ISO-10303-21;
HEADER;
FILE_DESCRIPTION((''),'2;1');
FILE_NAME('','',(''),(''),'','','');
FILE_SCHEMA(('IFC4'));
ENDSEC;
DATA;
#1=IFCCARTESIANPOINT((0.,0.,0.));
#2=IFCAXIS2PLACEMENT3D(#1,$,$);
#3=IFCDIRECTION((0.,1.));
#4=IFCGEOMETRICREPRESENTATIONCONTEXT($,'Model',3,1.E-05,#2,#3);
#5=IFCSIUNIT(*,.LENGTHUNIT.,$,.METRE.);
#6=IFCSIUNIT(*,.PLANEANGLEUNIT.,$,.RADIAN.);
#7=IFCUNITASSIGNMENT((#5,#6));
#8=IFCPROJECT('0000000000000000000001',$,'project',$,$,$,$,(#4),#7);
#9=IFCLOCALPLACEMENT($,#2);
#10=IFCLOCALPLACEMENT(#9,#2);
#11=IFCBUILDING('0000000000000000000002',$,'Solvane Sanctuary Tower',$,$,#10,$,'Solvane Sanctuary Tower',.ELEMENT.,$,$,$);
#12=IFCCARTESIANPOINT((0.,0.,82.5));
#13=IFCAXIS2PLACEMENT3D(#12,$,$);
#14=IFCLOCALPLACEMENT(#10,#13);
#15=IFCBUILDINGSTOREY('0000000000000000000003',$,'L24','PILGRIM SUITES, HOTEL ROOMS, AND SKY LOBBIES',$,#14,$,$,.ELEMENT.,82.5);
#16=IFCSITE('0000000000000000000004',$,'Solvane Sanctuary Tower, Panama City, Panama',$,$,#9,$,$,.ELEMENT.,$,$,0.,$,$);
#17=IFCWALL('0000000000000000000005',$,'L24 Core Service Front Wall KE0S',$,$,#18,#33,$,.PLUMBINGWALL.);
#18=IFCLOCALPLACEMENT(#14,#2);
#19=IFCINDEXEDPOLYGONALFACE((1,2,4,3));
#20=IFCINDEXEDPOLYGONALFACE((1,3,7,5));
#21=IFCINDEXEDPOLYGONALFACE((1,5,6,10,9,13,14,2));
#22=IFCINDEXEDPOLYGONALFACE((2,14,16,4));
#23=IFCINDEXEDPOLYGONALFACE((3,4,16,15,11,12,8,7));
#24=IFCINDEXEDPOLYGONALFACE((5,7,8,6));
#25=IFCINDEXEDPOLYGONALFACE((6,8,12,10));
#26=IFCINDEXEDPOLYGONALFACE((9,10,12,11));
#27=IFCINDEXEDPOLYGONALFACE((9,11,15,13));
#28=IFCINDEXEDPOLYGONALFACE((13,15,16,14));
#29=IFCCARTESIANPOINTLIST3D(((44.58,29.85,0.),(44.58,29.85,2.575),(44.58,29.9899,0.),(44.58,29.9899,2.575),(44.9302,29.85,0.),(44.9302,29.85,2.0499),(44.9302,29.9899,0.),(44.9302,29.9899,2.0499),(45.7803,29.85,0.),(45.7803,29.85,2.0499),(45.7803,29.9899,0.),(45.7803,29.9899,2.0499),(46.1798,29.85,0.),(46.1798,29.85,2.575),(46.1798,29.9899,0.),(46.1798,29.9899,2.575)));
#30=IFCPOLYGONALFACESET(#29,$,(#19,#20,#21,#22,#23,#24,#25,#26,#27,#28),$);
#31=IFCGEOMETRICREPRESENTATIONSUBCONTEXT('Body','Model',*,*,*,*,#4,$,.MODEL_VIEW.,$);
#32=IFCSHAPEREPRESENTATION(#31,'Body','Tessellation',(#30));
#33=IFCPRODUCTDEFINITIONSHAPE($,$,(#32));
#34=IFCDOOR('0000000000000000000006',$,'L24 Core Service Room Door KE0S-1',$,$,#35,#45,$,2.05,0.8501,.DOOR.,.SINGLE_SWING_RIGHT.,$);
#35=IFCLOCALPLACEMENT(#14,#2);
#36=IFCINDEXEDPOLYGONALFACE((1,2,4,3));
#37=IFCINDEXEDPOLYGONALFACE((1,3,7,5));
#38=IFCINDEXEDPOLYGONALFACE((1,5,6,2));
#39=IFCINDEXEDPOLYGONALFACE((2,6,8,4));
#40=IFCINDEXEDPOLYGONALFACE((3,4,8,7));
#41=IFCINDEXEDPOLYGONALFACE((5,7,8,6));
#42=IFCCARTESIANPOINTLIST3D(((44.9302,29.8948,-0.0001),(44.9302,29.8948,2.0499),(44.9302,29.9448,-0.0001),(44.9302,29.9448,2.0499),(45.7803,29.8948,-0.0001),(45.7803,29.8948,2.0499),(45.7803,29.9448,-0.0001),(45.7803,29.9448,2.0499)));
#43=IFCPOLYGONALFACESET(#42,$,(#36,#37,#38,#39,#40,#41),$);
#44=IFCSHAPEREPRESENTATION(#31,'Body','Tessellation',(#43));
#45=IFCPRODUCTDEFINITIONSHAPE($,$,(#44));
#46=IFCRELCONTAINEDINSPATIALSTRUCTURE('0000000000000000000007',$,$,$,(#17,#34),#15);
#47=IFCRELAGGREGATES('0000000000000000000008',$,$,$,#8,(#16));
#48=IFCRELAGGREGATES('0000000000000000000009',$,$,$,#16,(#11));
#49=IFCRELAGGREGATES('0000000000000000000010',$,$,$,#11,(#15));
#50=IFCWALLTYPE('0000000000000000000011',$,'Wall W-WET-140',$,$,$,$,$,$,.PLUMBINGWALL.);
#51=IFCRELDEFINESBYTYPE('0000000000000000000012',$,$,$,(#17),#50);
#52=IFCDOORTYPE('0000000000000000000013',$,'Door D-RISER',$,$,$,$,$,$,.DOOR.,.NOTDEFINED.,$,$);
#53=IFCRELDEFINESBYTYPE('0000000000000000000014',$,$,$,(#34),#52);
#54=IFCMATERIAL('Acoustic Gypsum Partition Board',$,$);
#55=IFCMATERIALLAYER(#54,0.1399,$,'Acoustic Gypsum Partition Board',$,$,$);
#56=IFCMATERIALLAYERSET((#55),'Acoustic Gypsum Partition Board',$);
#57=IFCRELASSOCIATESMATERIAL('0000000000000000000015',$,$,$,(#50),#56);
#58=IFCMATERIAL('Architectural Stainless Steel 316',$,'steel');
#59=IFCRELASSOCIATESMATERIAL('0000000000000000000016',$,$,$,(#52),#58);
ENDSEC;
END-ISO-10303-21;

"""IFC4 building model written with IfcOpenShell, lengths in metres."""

from ifc_helpers import new_model, si_unit, direction, frame, frame_2d, origin, place, context, subcontext, project, spatial, rectangle, extrude, material, layer, layer_set, type_object, element, fill, save


model = new_model("IFC4")

# Units and contexts
model_context = context("Model", 3, precision=1e-05, world=origin(), true_north=direction((0.0, 1.0)))
body_context = subcontext(model_context, "Body", "Model", "MODEL_VIEW")
ifc_project = project(units=[si_unit("LENGTHUNIT", "METRE"), si_unit("PLANEANGLEUNIT", "RADIAN")], contexts=[model_context])

# Site, building, storey
site_placement = place(None, origin())
site = spatial("IfcSite", under=ifc_project, at=site_placement, Name="Solvane Sanctuary Tower, Panama City, Panama", CompositionType="ELEMENT", RefElevation=0.0)
building_placement = place(site_placement, origin())
building = spatial("IfcBuilding", under=site, at=building_placement, Name="Solvane Sanctuary Tower", LongName="Solvane Sanctuary Tower", CompositionType="ELEMENT")
storey_placement = place(building_placement, frame((0.0, 0.0, 82.5)))
storey = spatial("IfcBuildingStorey", under=building, at=storey_placement, Name="L24", Description="PILGRIM SUITES, HOTEL ROOMS, AND SKY LOBBIES", CompositionType="ELEMENT", Elevation=82.5)

# Shared definitions
ifc_material_1 = material(Name="Acoustic Gypsum Partition Board")

# Wall, opening, door
ifc_layer_1 = layer(ifc_material_1, 0.1399, Name="Acoustic Gypsum Partition Board")
ifc_layer_set_1 = layer_set([ifc_layer_1], Name="Acoustic Gypsum Partition Board")
wall_type_1 = type_object("IfcWallType", Name="Wall W-WET-140", PredefinedType="PLUMBINGWALL", material=ifc_layer_set_1)
wall_1_placement = place(storey_placement, frame((44.5801, 29.9199, 0.0), z_axis=(0.0, 0.0, 1.0), x_axis=(1.0, 0.0, 0.0)))
wall_1 = element("IfcWall", 1, at=wall_1_placement, inside=storey, type_object=wall_type_1, Name="L24 Core Service Front Wall KE0S", PredefinedType="PLUMBINGWALL", context=body_context, shape_type="SweptSolid", body=[
    extrude(rectangle(XDim=1.5999, YDim=0.1399, at=frame_2d((0.7998, 0.0))), origin(), (0.0, 0.0, 1.0), 2.575),
])
opening_1_placement = place(wall_1_placement, frame((0.3501, 0.0, 0.0)))
opening_1 = element("IfcOpeningElement", 2, at=opening_1_placement, cuts=wall_1, PredefinedType="OPENING", context=body_context, shape_type="SweptSolid", body=[
    extrude(rectangle(XDim=0.8501, YDim=2.05, at=frame_2d((0.425, 1.0249))), frame((0.0, 0.0798, 0.0), z_axis=(0.0, -1.0, 0.0), x_axis=(1.0, 0.0, 0.0)), (0.0, 0.0, 1.0), 0.1599),
])
ifc_material_2 = material(Name="Architectural Stainless Steel 316", Category="steel")
door_type_1 = type_object("IfcDoorType", Name="Door D-RISER", OperationType="NOTDEFINED", PredefinedType="DOOR", material=ifc_material_2)
door_1_placement = place(opening_1_placement, origin())
door_1 = element("IfcDoor", 3, at=door_1_placement, inside=storey, type_object=door_type_1, Name="L24 Core Service Room Door KE0S-1", OperationType="SINGLE_SWING_RIGHT", OverallHeight=2.05, OverallWidth=0.8501, PredefinedType="DOOR", context=body_context, shape_type="SweptSolid", body=[
    extrude(rectangle(XDim=0.8501, YDim=2.05, at=frame_2d((0.425, 1.0249))), frame((0.0, 0.0249, 0.0), z_axis=(0.0, -1.0, 0.0), x_axis=(1.0, 0.0, 0.0)), (0.0, 0.0, 1.0), 0.05),
])
fill(opening_1, door_1)

save(model, "model.ifc")
